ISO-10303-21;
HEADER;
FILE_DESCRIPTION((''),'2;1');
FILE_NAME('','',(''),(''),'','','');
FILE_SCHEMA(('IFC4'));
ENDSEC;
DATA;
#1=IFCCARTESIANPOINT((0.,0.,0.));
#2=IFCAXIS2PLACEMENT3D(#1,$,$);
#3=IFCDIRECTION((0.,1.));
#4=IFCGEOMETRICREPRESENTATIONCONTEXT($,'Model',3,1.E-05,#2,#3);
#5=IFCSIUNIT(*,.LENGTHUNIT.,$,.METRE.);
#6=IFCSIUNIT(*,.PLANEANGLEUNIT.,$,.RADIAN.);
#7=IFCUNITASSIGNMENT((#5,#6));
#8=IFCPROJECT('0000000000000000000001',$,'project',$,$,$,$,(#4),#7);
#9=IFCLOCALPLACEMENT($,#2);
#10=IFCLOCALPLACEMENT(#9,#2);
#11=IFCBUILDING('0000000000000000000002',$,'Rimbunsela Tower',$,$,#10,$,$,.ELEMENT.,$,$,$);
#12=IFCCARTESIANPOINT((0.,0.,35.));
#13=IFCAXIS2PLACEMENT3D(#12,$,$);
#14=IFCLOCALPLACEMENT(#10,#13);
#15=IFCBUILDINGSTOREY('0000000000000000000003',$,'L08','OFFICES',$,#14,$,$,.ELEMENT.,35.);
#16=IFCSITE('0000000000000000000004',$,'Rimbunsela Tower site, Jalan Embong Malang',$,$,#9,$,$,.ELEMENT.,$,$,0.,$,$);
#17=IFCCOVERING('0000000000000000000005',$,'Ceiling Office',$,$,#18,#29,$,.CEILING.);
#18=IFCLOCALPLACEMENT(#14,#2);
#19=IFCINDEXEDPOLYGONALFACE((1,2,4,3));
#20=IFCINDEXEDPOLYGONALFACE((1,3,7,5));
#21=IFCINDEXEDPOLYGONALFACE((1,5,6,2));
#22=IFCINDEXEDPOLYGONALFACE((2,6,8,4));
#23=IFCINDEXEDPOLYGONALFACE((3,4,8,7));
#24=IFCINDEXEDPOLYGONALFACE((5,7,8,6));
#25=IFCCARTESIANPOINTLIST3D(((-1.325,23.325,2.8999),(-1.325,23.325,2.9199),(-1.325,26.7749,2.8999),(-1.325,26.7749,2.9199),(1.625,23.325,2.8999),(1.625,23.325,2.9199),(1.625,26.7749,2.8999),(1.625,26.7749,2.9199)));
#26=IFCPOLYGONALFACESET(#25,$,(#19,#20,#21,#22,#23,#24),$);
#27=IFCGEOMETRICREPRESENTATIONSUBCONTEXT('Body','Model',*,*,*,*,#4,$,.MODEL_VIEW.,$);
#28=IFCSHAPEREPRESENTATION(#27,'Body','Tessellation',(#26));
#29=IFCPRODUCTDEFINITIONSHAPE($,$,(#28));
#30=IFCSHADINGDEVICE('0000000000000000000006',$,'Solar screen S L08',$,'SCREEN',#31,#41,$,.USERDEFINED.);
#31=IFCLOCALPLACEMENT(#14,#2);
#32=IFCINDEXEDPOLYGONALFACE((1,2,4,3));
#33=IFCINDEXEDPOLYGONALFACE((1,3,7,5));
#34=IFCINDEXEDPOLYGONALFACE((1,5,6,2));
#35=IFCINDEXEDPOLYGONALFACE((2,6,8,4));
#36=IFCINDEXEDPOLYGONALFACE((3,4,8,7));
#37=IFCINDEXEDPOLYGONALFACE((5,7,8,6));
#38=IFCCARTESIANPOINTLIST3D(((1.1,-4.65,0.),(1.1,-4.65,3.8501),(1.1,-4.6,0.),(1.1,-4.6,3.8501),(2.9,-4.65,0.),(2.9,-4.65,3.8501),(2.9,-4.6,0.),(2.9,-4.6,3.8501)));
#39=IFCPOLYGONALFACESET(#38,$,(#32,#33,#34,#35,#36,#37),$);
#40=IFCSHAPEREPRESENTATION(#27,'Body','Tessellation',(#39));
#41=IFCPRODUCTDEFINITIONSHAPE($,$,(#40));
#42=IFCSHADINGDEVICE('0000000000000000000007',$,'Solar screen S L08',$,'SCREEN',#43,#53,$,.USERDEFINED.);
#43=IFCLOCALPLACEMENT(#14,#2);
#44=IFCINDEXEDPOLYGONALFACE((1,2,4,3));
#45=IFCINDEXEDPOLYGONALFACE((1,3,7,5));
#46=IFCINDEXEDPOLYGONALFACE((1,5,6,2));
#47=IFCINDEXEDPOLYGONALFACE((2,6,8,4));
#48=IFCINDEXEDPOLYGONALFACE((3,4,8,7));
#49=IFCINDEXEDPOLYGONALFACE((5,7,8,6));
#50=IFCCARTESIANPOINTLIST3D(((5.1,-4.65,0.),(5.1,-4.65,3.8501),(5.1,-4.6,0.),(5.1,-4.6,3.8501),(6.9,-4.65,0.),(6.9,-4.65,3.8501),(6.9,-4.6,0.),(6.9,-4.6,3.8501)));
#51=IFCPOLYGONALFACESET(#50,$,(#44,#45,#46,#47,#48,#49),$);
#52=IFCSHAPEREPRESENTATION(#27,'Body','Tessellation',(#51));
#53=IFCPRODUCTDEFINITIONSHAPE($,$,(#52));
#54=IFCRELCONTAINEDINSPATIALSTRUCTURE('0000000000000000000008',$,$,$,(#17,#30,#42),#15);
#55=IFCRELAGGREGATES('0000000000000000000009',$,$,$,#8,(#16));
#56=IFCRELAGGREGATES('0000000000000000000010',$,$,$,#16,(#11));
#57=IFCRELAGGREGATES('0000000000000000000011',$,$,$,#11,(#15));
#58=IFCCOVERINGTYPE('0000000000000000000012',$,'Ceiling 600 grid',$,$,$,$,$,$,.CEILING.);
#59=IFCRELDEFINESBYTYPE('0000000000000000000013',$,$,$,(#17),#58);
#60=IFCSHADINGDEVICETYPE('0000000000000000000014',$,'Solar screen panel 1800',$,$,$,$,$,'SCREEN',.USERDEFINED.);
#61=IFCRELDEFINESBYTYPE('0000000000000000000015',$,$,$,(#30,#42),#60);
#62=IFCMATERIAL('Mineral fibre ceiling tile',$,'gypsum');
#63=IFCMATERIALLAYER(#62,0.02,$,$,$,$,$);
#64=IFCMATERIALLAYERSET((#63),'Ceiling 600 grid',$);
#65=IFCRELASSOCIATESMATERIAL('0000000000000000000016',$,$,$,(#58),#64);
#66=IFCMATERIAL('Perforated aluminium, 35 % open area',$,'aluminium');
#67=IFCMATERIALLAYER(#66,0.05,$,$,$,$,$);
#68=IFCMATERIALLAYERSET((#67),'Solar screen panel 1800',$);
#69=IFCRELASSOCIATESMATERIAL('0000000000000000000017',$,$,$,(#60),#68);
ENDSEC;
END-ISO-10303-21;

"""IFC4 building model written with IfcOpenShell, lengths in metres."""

from ifc_helpers import new_model, si_unit, direction, frame, origin, origin_2d, place, context, subcontext, project, spatial, polyline, rectangle, outline, extrude, material, layer, layer_set, type_object, element, save


model = new_model("IFC4")

# Units and contexts
model_context = context("Model", 3, precision=1e-05, world=origin(), true_north=direction((0.0, 1.0)))
body_context = subcontext(model_context, "Body", "Model", "MODEL_VIEW")
ifc_project = project(units=[si_unit("LENGTHUNIT", "METRE"), si_unit("PLANEANGLEUNIT", "RADIAN")], contexts=[model_context])

# Site, building, storey
site_placement = place(None, origin())
site = spatial("IfcSite", under=ifc_project, at=site_placement, Name="Rimbunsela Tower site, Jalan Embong Malang", CompositionType="ELEMENT", RefElevation=0.0)
building_placement = place(site_placement, origin())
building = spatial("IfcBuilding", under=site, at=building_placement, Name="Rimbunsela Tower", CompositionType="ELEMENT")
storey_placement = place(building_placement, frame((0.0, 0.0, 35.0)))
storey = spatial("IfcBuildingStorey", under=building, at=storey_placement, Name="L08", Description="OFFICES", CompositionType="ELEMENT", Elevation=35.0)

# Covering
ifc_material_1 = material(Name="Mineral fibre ceiling tile", Category="gypsum")
ifc_layer_1 = layer(ifc_material_1, 0.02)
ifc_layer_set_1 = layer_set([ifc_layer_1], Name="Ceiling 600 grid")
covering_type_1 = type_object("IfcCoveringType", Name="Ceiling 600 grid", PredefinedType="CEILING", material=ifc_layer_set_1)
covering_1_placement = place(storey_placement, frame((0.0, 0.0, 2.8999)))
element("IfcCovering", 1, at=covering_1_placement, inside=storey, type_object=covering_type_1, Name="Ceiling Office", PredefinedType="CEILING", context=body_context, shape_type="SweptSolid", body=[
    extrude(outline(polyline([(1.625, 23.325), (1.625, 26.7749), (-1.325, 26.7749), (-1.325, 23.325), (1.625, 23.325)])), origin(), (0.0, 0.0, 1.0), 0.02),
])

# Shading devices
ifc_material_2 = material(Name="Perforated aluminium, 35 % open area", Category="aluminium")
ifc_layer_2 = layer(ifc_material_2, 0.05)
ifc_layer_set_2 = layer_set([ifc_layer_2], Name="Solar screen panel 1800")
shading_device_type = type_object("IfcShadingDeviceType", Name="Solar screen panel 1800", ElementType="SCREEN", PredefinedType="USERDEFINED", material=ifc_layer_set_2)
for number, where, z_axis, x_axis, name in (
    (2, (2.0, -4.625, 0.0), (0.0, 0.0, 1.0), (1.0, 0.0, 0.0), "Solar screen S L08"),
    (3, (6.0, -4.625, 0.0), (0.0, 0.0, 1.0), (1.0, 0.0, 0.0), "Solar screen S L08"),
):
    element("IfcShadingDevice", number, at=place(storey_placement, frame(where, z_axis=z_axis, x_axis=x_axis)), inside=storey, type_object=shading_device_type, Name=name, ObjectType="SCREEN", PredefinedType="USERDEFINED", context=body_context, shape_type="SweptSolid", body=[
        extrude(rectangle(XDim=1.8, YDim=0.05, at=origin_2d()), origin(), (0.0, 0.0, 1.0), 3.8501),
    ])

save(model, "model.ifc")
